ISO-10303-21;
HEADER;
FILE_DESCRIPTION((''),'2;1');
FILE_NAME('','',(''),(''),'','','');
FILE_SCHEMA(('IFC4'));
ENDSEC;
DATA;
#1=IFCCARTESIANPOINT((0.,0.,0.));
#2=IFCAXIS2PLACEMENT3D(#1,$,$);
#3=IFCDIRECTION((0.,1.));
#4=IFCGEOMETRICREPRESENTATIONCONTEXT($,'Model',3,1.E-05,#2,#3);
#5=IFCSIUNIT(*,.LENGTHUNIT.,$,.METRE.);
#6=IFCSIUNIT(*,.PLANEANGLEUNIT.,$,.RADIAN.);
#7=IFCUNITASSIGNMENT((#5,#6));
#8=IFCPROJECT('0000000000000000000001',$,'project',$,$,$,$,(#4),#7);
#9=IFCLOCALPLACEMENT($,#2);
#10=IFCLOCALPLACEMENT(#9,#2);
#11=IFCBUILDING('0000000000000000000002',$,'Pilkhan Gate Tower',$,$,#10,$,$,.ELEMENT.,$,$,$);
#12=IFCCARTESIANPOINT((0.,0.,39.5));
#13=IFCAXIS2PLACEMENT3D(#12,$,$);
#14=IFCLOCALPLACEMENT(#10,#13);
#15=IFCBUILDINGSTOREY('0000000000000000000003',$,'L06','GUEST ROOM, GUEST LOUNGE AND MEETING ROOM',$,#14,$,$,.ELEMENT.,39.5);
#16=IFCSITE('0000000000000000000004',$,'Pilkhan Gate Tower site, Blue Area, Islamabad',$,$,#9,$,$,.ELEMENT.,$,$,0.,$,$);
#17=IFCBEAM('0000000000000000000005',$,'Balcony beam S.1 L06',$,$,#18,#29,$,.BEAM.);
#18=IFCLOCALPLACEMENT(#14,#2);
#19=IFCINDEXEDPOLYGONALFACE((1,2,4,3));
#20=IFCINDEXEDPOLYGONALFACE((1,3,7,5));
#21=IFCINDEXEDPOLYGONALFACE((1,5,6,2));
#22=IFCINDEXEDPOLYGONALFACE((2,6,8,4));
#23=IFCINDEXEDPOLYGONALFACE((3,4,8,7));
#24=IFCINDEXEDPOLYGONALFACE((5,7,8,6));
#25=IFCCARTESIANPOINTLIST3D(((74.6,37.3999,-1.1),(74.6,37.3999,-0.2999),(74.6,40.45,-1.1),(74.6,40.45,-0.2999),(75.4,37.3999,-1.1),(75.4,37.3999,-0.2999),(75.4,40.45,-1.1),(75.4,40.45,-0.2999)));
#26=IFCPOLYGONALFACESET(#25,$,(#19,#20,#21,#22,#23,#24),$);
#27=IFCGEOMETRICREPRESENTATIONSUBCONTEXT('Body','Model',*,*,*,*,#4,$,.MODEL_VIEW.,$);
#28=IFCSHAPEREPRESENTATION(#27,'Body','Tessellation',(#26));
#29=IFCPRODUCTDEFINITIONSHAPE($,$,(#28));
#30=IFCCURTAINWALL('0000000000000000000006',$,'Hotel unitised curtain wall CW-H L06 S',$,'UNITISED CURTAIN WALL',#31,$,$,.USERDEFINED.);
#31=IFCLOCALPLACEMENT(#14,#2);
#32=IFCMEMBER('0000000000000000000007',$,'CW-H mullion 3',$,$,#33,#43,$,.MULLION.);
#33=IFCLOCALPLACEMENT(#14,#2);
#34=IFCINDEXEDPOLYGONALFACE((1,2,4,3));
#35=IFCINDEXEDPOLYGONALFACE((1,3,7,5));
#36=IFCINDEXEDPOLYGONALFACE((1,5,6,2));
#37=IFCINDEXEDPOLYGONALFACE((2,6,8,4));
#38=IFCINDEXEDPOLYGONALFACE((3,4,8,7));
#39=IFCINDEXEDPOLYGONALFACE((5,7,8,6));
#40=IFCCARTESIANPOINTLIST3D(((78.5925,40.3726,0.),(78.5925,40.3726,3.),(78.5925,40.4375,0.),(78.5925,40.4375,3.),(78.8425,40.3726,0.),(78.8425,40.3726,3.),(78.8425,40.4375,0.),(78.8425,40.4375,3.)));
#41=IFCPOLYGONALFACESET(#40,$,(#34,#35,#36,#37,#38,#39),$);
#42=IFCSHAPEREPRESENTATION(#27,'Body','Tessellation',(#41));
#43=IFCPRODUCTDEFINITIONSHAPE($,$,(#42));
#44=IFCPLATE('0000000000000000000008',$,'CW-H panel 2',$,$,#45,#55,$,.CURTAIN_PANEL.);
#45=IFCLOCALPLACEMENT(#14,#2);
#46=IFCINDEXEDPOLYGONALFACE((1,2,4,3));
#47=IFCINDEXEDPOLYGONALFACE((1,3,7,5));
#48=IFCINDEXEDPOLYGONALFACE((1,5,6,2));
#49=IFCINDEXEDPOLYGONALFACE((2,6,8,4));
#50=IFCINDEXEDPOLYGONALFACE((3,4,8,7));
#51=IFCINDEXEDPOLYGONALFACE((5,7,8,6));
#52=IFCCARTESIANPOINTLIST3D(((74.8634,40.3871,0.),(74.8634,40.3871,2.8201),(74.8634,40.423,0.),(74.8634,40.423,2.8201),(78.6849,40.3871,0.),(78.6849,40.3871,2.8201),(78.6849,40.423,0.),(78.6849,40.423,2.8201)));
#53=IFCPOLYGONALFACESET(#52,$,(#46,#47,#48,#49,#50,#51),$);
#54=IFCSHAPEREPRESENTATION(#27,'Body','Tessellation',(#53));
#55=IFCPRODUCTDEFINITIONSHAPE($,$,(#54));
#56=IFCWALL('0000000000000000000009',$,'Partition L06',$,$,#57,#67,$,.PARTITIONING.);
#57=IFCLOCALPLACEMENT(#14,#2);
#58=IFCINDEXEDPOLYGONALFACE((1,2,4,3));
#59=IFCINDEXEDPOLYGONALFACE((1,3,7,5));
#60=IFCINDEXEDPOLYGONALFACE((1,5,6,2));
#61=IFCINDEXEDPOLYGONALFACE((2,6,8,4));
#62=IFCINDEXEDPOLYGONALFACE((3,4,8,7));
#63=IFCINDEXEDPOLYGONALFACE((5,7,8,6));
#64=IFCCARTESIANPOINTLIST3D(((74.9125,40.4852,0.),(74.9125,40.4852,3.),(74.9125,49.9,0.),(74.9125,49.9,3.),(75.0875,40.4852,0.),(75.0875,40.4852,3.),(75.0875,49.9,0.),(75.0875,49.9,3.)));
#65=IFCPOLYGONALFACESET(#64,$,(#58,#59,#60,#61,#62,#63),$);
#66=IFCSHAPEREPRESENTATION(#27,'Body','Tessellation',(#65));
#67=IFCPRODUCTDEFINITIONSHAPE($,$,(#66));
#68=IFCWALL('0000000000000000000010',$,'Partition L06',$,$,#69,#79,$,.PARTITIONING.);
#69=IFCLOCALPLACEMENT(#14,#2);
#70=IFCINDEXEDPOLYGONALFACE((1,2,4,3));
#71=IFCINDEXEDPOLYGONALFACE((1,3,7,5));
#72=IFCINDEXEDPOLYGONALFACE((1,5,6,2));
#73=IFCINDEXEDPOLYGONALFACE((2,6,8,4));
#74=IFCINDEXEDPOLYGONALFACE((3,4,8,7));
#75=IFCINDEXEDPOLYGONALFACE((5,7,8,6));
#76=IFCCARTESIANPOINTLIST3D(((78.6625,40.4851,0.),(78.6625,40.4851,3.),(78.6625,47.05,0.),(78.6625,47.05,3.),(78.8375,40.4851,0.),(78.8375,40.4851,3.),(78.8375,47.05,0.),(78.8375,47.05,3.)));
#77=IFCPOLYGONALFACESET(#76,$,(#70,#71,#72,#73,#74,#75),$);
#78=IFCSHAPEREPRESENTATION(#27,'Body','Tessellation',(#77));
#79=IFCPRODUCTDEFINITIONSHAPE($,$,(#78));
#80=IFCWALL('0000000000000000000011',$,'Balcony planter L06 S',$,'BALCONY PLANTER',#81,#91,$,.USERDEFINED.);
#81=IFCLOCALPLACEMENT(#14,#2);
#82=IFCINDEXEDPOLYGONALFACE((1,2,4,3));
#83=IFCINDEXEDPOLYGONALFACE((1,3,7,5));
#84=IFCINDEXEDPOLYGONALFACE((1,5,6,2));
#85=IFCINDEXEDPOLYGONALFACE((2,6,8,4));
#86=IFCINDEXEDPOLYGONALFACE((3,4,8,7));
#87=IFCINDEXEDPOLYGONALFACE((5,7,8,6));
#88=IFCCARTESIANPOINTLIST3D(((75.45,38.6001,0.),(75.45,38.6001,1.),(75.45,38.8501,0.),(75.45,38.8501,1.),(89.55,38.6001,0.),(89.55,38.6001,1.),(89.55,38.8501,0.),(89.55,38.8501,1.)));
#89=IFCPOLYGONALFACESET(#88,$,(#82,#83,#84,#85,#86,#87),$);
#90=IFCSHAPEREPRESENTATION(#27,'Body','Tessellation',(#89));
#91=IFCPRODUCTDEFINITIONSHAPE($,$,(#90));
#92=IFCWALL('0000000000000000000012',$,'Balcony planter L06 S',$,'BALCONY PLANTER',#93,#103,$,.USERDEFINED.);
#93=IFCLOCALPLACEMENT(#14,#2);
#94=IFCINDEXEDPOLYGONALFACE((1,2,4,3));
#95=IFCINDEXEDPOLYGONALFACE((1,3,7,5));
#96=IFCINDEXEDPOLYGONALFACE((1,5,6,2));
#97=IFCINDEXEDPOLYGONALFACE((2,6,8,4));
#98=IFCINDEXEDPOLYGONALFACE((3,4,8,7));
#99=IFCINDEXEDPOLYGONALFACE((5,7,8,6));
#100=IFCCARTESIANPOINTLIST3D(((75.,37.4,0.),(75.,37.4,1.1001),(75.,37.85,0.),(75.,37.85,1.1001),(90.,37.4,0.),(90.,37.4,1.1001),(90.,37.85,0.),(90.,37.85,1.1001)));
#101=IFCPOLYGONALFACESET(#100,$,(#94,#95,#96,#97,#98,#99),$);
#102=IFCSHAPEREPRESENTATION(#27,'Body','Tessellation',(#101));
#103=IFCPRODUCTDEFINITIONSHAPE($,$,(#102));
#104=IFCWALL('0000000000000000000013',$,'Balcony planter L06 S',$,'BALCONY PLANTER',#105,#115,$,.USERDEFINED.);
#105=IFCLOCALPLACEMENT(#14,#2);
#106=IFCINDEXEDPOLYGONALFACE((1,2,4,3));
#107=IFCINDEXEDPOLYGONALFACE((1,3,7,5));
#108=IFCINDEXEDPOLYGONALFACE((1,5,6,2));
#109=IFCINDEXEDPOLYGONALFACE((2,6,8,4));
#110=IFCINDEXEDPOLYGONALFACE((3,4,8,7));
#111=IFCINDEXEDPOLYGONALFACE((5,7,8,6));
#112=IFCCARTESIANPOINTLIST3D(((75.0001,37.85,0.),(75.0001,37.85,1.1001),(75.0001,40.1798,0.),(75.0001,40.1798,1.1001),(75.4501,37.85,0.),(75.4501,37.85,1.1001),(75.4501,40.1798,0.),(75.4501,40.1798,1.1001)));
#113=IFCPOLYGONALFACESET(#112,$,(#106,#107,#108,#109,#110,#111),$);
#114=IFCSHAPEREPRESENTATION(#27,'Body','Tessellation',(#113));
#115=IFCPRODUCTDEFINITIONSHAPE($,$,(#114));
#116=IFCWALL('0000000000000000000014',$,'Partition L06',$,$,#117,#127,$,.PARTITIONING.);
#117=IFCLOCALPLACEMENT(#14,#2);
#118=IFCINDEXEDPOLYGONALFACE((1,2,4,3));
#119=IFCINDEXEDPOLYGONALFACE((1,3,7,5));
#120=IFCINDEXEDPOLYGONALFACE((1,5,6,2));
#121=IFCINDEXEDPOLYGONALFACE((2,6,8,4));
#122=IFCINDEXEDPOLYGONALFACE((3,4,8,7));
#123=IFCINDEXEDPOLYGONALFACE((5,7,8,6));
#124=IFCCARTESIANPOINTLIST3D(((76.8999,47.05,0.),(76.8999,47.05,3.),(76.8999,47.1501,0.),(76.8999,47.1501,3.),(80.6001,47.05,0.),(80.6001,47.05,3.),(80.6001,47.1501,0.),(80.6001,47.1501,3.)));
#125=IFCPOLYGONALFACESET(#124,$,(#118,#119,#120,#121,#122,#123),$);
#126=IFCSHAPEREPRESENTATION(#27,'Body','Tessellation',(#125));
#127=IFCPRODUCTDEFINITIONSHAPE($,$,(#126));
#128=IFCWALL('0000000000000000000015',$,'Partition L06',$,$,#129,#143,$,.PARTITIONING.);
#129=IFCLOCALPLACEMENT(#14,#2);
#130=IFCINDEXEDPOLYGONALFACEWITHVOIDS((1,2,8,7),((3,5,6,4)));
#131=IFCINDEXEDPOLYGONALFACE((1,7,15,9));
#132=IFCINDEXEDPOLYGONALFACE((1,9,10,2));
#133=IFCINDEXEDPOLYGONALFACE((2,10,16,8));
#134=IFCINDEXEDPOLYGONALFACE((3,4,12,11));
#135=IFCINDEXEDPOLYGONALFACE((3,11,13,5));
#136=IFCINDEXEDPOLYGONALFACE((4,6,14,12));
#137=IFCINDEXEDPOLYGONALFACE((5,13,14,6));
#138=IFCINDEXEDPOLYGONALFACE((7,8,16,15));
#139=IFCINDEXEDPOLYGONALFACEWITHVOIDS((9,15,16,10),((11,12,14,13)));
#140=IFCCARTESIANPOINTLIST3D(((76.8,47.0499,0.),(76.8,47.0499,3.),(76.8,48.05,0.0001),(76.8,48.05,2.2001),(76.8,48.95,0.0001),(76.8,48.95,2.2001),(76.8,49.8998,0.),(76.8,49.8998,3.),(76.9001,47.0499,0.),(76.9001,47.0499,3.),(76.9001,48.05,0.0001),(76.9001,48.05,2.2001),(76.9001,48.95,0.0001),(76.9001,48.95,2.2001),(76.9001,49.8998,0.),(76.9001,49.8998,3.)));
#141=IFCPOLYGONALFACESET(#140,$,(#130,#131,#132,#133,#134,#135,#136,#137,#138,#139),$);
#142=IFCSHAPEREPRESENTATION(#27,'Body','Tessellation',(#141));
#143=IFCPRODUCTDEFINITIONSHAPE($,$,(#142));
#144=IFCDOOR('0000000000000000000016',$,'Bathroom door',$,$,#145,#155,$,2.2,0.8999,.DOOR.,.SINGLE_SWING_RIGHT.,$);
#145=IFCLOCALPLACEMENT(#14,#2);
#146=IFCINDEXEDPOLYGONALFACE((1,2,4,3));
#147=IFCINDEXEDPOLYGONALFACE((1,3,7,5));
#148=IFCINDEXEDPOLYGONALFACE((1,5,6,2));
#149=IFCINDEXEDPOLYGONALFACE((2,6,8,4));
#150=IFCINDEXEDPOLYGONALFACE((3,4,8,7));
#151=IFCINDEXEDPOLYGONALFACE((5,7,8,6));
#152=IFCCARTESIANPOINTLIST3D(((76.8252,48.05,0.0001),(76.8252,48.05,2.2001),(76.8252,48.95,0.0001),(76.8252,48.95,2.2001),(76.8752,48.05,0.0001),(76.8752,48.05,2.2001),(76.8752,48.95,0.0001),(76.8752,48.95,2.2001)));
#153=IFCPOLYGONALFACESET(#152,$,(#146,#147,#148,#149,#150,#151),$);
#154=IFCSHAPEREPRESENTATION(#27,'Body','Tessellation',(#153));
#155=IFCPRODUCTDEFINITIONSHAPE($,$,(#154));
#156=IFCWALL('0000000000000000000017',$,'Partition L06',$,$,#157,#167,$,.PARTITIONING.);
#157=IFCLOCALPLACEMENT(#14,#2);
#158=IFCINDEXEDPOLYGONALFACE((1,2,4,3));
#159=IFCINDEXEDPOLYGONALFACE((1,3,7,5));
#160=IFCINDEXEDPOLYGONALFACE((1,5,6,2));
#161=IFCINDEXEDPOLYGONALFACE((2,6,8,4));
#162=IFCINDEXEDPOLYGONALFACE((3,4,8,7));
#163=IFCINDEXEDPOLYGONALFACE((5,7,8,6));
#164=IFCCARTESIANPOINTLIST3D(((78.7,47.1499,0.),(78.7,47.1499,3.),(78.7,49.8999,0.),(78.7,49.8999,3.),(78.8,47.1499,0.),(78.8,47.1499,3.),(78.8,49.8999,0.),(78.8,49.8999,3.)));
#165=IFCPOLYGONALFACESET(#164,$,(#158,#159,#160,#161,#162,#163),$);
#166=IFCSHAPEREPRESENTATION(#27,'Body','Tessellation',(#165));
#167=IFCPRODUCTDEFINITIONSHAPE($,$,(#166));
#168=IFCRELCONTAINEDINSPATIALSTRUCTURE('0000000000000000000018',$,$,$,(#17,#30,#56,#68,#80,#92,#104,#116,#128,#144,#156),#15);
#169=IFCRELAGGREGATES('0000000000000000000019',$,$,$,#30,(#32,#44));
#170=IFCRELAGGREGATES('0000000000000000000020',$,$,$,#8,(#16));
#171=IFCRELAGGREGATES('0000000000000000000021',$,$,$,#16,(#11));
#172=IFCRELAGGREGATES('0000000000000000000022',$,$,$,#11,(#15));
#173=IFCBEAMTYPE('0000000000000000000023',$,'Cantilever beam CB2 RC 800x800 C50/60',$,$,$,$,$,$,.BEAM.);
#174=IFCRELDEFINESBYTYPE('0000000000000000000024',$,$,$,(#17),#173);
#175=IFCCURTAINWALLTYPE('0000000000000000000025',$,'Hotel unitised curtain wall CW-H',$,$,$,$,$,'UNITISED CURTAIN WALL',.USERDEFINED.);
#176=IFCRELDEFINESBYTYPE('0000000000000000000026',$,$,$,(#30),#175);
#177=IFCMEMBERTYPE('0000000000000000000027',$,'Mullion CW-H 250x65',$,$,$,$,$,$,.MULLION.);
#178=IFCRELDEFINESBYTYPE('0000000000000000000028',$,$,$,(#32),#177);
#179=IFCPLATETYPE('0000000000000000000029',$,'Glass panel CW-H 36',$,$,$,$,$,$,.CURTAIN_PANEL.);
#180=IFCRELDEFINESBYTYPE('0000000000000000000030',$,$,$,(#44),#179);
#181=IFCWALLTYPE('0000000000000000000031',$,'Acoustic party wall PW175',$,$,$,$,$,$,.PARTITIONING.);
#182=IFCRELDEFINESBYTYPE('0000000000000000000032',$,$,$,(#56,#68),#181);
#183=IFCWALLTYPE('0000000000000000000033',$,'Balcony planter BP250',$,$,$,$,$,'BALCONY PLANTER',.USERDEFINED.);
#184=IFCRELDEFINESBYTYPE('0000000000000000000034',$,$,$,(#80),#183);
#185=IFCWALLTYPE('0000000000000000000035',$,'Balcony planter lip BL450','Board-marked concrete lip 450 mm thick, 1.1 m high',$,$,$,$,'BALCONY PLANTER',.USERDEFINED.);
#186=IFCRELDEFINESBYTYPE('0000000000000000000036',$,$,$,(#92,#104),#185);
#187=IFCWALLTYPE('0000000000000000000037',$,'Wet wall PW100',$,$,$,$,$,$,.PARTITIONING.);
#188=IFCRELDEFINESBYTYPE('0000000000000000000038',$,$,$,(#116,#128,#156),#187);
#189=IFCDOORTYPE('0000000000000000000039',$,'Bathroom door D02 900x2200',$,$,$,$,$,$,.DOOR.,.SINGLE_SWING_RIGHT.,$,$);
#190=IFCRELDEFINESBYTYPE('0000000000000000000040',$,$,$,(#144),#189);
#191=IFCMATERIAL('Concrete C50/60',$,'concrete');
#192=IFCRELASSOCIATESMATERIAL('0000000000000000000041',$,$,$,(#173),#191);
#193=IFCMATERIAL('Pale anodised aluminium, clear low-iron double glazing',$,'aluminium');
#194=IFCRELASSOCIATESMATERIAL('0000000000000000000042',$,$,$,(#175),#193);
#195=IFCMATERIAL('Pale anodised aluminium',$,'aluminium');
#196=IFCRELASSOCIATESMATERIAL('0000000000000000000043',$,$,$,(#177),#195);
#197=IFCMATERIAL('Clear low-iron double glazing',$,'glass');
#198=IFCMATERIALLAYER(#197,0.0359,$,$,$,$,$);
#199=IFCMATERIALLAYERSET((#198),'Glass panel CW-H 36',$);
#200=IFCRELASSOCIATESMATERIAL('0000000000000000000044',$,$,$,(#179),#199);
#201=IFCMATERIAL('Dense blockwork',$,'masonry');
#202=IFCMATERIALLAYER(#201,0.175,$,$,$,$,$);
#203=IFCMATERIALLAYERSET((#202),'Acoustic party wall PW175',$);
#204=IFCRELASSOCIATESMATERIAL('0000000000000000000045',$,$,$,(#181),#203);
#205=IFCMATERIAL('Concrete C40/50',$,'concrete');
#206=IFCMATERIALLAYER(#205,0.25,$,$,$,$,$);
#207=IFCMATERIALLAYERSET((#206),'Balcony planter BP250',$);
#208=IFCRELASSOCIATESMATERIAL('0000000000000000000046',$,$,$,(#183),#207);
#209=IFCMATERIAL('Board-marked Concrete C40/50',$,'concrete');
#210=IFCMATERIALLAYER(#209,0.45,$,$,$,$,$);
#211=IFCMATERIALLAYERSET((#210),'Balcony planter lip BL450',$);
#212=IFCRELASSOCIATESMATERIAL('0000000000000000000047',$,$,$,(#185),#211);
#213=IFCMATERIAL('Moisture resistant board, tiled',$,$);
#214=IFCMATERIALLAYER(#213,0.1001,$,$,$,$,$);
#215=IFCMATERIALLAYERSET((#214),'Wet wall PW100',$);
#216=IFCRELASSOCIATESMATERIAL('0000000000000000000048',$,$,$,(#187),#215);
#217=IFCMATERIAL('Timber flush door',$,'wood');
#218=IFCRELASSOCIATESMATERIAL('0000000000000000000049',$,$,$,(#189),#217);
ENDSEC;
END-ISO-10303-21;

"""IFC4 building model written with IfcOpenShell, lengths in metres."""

from ifc_helpers import new_model, si_unit, direction, frame, frame_2d, origin, origin_2d, place, context, subcontext, project, spatial, rectangle, extrude, material, layer, layer_set, material_profile, profile_set, type_object, element, fill, aggregate, save


model = new_model("IFC4")

# Units and contexts
model_context = context("Model", 3, precision=1e-05, world=origin(), true_north=direction((0.0, 1.0)))
body_context = subcontext(model_context, "Body", "Model", "MODEL_VIEW")
ifc_project = project(units=[si_unit("LENGTHUNIT", "METRE"), si_unit("PLANEANGLEUNIT", "RADIAN")], contexts=[model_context])

# Site, building, storey
site_placement = place(None, origin())
site = spatial("IfcSite", under=ifc_project, at=site_placement, Name="Pilkhan Gate Tower site, Blue Area, Islamabad", CompositionType="ELEMENT", RefElevation=0.0)
building_placement = place(site_placement, origin())
building = spatial("IfcBuilding", under=site, at=building_placement, Name="Pilkhan Gate Tower", CompositionType="ELEMENT")
storey_placement = place(building_placement, frame((0.0, 0.0, 39.5)))
storey = spatial("IfcBuildingStorey", under=building, at=storey_placement, Name="L06", Description="GUEST ROOM, GUEST LOUNGE AND MEETING ROOM", CompositionType="ELEMENT", Elevation=39.5)

# Beam
ifc_material_1 = material(Name="Concrete C50/60", Category="concrete")
ifc_material_profile_1 = material_profile(ifc_material_1, rectangle(XDim=0.8, YDim=0.8, at=origin_2d()), Name="RC 800x800")
ifc_profile_set_1 = profile_set([ifc_material_profile_1], Name="Concrete C50/60")
beam_type = type_object("IfcBeamType", Name="Cantilever beam CB2 RC 800x800 C50/60", PredefinedType="BEAM", material=ifc_profile_set_1)
beam_placement = place(storey_placement, frame((75.0, 40.45, -0.7), z_axis=(0.0, -1.0, 0.0), x_axis=(1.0, 0.0, 0.0)))
element("IfcBeam", 1, at=beam_placement, inside=storey, type_object=beam_type, Name="Balcony beam S.1 L06", PredefinedType="BEAM", context=body_context, shape_type="SweptSolid", body=[
    extrude(rectangle(XDim=0.8, YDim=0.8, at=origin_2d()), origin(), (0.0, 0.0, 1.0), 3.05),
])

# Curtain wall, member, plate
ifc_material_2 = material(Name="Pale anodised aluminium, clear low-iron double glazing", Category="aluminium")
curtain_wall_type = type_object("IfcCurtainWallType", Name="Hotel unitised curtain wall CW-H", ElementType="UNITISED CURTAIN WALL", PredefinedType="USERDEFINED", material=ifc_material_2)
curtain_wall_placement = place(storey_placement, origin())
curtain_wall = element("IfcCurtainWall", 2, at=curtain_wall_placement, inside=storey, type_object=curtain_wall_type, Name="Hotel unitised curtain wall CW-H L06 S", ObjectType="UNITISED CURTAIN WALL", PredefinedType="USERDEFINED")
ifc_material_3 = material(Name="Pale anodised aluminium", Category="aluminium")
ifc_material_profile_2 = material_profile(ifc_material_3, rectangle(XDim=0.0649, YDim=0.25, at=origin_2d()), Name="Mullion 250x65")
ifc_profile_set_2 = profile_set([ifc_material_profile_2], Name="Pale anodised aluminium")
member_type = type_object("IfcMemberType", Name="Mullion CW-H 250x65", PredefinedType="MULLION", material=ifc_profile_set_2)
member_placement = place(storey_placement, frame((78.7175, 40.405, 0.0), z_axis=(0.0, 0.0, 1.0), x_axis=(0.0, 1.0, 0.0)))
member = element("IfcMember", 3, at=member_placement, type_object=member_type, Name="CW-H mullion 3", PredefinedType="MULLION", context=body_context, shape_type="SweptSolid", body=[
    extrude(rectangle(XDim=0.0649, YDim=0.25, at=origin_2d()), origin(), (0.0, 0.0, 1.0), 3.0),
])
ifc_material_4 = material(Name="Clear low-iron double glazing", Category="glass")
ifc_layer_1 = layer(ifc_material_4, 0.0359)
ifc_layer_set_1 = layer_set([ifc_layer_1], Name="Glass panel CW-H 36")
plate_type = type_object("IfcPlateType", Name="Glass panel CW-H 36", PredefinedType="CURTAIN_PANEL", material=ifc_layer_set_1)
plate_placement = place(storey_placement, frame((76.7742, 40.405, 0.0), z_axis=(0.0, 0.0, 1.0), x_axis=(1.0, 0.0, 0.0)))
plate = element("IfcPlate", 4, at=plate_placement, type_object=plate_type, Name="CW-H panel 2", PredefinedType="CURTAIN_PANEL", context=body_context, shape_type="SweptSolid", body=[
    extrude(rectangle(XDim=3.8215, YDim=0.0359, at=origin_2d()), origin(), (0.0, 0.0, 1.0), 2.8201),
])
aggregate(curtain_wall, [member, plate])

# Walls
ifc_material_5 = material(Name="Dense blockwork", Category="masonry")
ifc_layer_2 = layer(ifc_material_5, 0.175)
ifc_layer_set_2 = layer_set([ifc_layer_2], Name="Acoustic party wall PW175")
wall_type_1 = type_object("IfcWallType", Name="Acoustic party wall PW175", PredefinedType="PARTITIONING", material=ifc_layer_set_2)
wall_1_placement = place(storey_placement, frame((75.0, 40.4851, 0.0), z_axis=(0.0, 0.0, 1.0), x_axis=(0.0, 1.0, 0.0)))
element("IfcWall", 5, at=wall_1_placement, inside=storey, type_object=wall_type_1, Name="Partition L06", PredefinedType="PARTITIONING", context=body_context, shape_type="SweptSolid", body=[
    extrude(rectangle(XDim=9.4148, YDim=0.175, at=frame_2d((4.7075, 0.0))), origin(), (0.0, 0.0, 1.0), 3.0),
])
wall_2_placement = place(storey_placement, frame((78.75, 40.4851, 0.0), z_axis=(0.0, 0.0, 1.0), x_axis=(0.0, 1.0, 0.0)))
element("IfcWall", 6, at=wall_2_placement, inside=storey, type_object=wall_type_1, Name="Partition L06", PredefinedType="PARTITIONING", context=body_context, shape_type="SweptSolid", body=[
    extrude(rectangle(XDim=6.5649, YDim=0.175, at=frame_2d((3.2825, 0.0))), origin(), (0.0, 0.0, 1.0), 3.0),
])
ifc_material_6 = material(Name="Concrete C40/50", Category="concrete")
ifc_layer_3 = layer(ifc_material_6, 0.25)
ifc_layer_set_3 = layer_set([ifc_layer_3], Name="Balcony planter BP250")
wall_type_2 = type_object("IfcWallType", Name="Balcony planter BP250", ElementType="BALCONY PLANTER", PredefinedType="USERDEFINED", material=ifc_layer_set_3)
wall_3_placement = place(storey_placement, frame((75.45, 38.7251, 0.0), z_axis=(0.0, 0.0, 1.0), x_axis=(1.0, 0.0, 0.0)))
element("IfcWall", 7, at=wall_3_placement, inside=storey, type_object=wall_type_2, Name="Balcony planter L06 S", ObjectType="BALCONY PLANTER", PredefinedType="USERDEFINED", context=body_context, shape_type="SweptSolid", body=[
    extrude(rectangle(XDim=14.1001, YDim=0.25, at=frame_2d((7.05, 0.0))), origin(), (0.0, 0.0, 1.0), 1.0),
])
ifc_material_7 = material(Name="Board-marked Concrete C40/50", Category="concrete")
ifc_layer_4 = layer(ifc_material_7, 0.45)
ifc_layer_set_4 = layer_set([ifc_layer_4], Name="Balcony planter lip BL450")
wall_type_3 = type_object("IfcWallType", Name="Balcony planter lip BL450", Description="Board-marked concrete lip 450 mm thick, 1.1 m high", ElementType="BALCONY PLANTER", PredefinedType="USERDEFINED", material=ifc_layer_set_4)
wall_4_placement = place(storey_placement, frame((75.0, 37.625, 0.0), z_axis=(0.0, 0.0, 1.0), x_axis=(1.0, 0.0, 0.0)))
element("IfcWall", 8, at=wall_4_placement, inside=storey, type_object=wall_type_3, Name="Balcony planter L06 S", ObjectType="BALCONY PLANTER", PredefinedType="USERDEFINED", context=body_context, shape_type="SweptSolid", body=[
    extrude(rectangle(XDim=15.0, YDim=0.45, at=frame_2d((7.5, 0.0))), origin(), (0.0, 0.0, 1.0), 1.1001),
])
wall_5_placement = place(storey_placement, frame((75.2251, 40.1799, 0.0), z_axis=(0.0, 0.0, 1.0), x_axis=(0.0, -1.0, 0.0)))
element("IfcWall", 9, at=wall_5_placement, inside=storey, type_object=wall_type_3, Name="Balcony planter L06 S", ObjectType="BALCONY PLANTER", PredefinedType="USERDEFINED", context=body_context, shape_type="SweptSolid", body=[
    extrude(rectangle(XDim=2.3298, YDim=0.45, at=frame_2d((1.165, 0.0))), origin(), (0.0, 0.0, 1.0), 1.1001),
])

# Wall
ifc_material_8 = material(Name="Moisture resistant board, tiled")
ifc_layer_5 = layer(ifc_material_8, 0.1001)
ifc_layer_set_5 = layer_set([ifc_layer_5], Name="Wet wall PW100")
wall_type_4 = type_object("IfcWallType", Name="Wet wall PW100", PredefinedType="PARTITIONING", material=ifc_layer_set_5)
wall_6_placement = place(storey_placement, frame((76.8999, 47.1001, 0.0), z_axis=(0.0, 0.0, 1.0), x_axis=(1.0, 0.0, 0.0)))
element("IfcWall", 10, at=wall_6_placement, inside=storey, type_object=wall_type_4, Name="Partition L06", PredefinedType="PARTITIONING", context=body_context, shape_type="SweptSolid", body=[
    extrude(rectangle(XDim=3.7002, YDim=0.1001, at=frame_2d((1.8501, 0.0))), origin(), (0.0, 0.0, 1.0), 3.0),
])

# Wall, opening, door
wall_7_placement = place(storey_placement, frame((76.8501, 47.05, 0.0), z_axis=(0.0, 0.0, 1.0), x_axis=(0.0, 1.0, 0.0)))
wall_7 = element("IfcWall", 11, at=wall_7_placement, inside=storey, type_object=wall_type_4, Name="Partition L06", PredefinedType="PARTITIONING", context=body_context, shape_type="SweptSolid", body=[
    extrude(rectangle(XDim=2.8499, YDim=0.1001, at=frame_2d((1.4248, 0.0))), origin(), (0.0, 0.0, 1.0), 3.0),
])
opening_1_placement = place(wall_7_placement, frame((1.0, 0.0, 0.0)))
opening_1 = element("IfcOpeningElement", 12, at=opening_1_placement, cuts=wall_7, PredefinedType="OPENING", context=body_context, shape_type="SweptSolid", body=[
    extrude(rectangle(XDim=0.8999, YDim=2.2, at=frame_2d((0.45, 1.1001))), frame((0.0, 0.0601, 0.0), z_axis=(0.0, -1.0, 0.0), x_axis=(1.0, 0.0, 0.0)), (0.0, 0.0, 1.0), 0.1201),
])
ifc_material_9 = material(Name="Timber flush door", Category="wood")
door_type_1 = type_object("IfcDoorType", Name="Bathroom door D02 900x2200", OperationType="SINGLE_SWING_RIGHT", PredefinedType="DOOR", material=ifc_material_9)
door_1_placement = place(opening_1_placement, origin())
door_1 = element("IfcDoor", 13, at=door_1_placement, inside=storey, type_object=door_type_1, Name="Bathroom door", OperationType="SINGLE_SWING_RIGHT", OverallHeight=2.2, OverallWidth=0.8999, PredefinedType="DOOR", context=body_context, shape_type="SweptSolid", body=[
    extrude(rectangle(XDim=0.8999, YDim=2.2, at=frame_2d((0.45, 1.1001))), frame((0.0, 0.0249, 0.0), z_axis=(0.0, -1.0, 0.0), x_axis=(1.0, 0.0, 0.0)), (0.0, 0.0, 1.0), 0.05),
])
fill(opening_1, door_1)

# Wall
wall_8_placement = place(storey_placement, frame((78.75, 47.1499, 0.0), z_axis=(0.0, 0.0, 1.0), x_axis=(0.0, 1.0, 0.0)))
element("IfcWall", 14, at=wall_8_placement, inside=storey, type_object=wall_type_4, Name="Partition L06", PredefinedType="PARTITIONING", context=body_context, shape_type="SweptSolid", body=[
    extrude(rectangle(XDim=2.75, YDim=0.1001, at=frame_2d((1.375, 0.0))), origin(), (0.0, 0.0, 1.0), 3.0),
])

save(model, "model.ifc")
